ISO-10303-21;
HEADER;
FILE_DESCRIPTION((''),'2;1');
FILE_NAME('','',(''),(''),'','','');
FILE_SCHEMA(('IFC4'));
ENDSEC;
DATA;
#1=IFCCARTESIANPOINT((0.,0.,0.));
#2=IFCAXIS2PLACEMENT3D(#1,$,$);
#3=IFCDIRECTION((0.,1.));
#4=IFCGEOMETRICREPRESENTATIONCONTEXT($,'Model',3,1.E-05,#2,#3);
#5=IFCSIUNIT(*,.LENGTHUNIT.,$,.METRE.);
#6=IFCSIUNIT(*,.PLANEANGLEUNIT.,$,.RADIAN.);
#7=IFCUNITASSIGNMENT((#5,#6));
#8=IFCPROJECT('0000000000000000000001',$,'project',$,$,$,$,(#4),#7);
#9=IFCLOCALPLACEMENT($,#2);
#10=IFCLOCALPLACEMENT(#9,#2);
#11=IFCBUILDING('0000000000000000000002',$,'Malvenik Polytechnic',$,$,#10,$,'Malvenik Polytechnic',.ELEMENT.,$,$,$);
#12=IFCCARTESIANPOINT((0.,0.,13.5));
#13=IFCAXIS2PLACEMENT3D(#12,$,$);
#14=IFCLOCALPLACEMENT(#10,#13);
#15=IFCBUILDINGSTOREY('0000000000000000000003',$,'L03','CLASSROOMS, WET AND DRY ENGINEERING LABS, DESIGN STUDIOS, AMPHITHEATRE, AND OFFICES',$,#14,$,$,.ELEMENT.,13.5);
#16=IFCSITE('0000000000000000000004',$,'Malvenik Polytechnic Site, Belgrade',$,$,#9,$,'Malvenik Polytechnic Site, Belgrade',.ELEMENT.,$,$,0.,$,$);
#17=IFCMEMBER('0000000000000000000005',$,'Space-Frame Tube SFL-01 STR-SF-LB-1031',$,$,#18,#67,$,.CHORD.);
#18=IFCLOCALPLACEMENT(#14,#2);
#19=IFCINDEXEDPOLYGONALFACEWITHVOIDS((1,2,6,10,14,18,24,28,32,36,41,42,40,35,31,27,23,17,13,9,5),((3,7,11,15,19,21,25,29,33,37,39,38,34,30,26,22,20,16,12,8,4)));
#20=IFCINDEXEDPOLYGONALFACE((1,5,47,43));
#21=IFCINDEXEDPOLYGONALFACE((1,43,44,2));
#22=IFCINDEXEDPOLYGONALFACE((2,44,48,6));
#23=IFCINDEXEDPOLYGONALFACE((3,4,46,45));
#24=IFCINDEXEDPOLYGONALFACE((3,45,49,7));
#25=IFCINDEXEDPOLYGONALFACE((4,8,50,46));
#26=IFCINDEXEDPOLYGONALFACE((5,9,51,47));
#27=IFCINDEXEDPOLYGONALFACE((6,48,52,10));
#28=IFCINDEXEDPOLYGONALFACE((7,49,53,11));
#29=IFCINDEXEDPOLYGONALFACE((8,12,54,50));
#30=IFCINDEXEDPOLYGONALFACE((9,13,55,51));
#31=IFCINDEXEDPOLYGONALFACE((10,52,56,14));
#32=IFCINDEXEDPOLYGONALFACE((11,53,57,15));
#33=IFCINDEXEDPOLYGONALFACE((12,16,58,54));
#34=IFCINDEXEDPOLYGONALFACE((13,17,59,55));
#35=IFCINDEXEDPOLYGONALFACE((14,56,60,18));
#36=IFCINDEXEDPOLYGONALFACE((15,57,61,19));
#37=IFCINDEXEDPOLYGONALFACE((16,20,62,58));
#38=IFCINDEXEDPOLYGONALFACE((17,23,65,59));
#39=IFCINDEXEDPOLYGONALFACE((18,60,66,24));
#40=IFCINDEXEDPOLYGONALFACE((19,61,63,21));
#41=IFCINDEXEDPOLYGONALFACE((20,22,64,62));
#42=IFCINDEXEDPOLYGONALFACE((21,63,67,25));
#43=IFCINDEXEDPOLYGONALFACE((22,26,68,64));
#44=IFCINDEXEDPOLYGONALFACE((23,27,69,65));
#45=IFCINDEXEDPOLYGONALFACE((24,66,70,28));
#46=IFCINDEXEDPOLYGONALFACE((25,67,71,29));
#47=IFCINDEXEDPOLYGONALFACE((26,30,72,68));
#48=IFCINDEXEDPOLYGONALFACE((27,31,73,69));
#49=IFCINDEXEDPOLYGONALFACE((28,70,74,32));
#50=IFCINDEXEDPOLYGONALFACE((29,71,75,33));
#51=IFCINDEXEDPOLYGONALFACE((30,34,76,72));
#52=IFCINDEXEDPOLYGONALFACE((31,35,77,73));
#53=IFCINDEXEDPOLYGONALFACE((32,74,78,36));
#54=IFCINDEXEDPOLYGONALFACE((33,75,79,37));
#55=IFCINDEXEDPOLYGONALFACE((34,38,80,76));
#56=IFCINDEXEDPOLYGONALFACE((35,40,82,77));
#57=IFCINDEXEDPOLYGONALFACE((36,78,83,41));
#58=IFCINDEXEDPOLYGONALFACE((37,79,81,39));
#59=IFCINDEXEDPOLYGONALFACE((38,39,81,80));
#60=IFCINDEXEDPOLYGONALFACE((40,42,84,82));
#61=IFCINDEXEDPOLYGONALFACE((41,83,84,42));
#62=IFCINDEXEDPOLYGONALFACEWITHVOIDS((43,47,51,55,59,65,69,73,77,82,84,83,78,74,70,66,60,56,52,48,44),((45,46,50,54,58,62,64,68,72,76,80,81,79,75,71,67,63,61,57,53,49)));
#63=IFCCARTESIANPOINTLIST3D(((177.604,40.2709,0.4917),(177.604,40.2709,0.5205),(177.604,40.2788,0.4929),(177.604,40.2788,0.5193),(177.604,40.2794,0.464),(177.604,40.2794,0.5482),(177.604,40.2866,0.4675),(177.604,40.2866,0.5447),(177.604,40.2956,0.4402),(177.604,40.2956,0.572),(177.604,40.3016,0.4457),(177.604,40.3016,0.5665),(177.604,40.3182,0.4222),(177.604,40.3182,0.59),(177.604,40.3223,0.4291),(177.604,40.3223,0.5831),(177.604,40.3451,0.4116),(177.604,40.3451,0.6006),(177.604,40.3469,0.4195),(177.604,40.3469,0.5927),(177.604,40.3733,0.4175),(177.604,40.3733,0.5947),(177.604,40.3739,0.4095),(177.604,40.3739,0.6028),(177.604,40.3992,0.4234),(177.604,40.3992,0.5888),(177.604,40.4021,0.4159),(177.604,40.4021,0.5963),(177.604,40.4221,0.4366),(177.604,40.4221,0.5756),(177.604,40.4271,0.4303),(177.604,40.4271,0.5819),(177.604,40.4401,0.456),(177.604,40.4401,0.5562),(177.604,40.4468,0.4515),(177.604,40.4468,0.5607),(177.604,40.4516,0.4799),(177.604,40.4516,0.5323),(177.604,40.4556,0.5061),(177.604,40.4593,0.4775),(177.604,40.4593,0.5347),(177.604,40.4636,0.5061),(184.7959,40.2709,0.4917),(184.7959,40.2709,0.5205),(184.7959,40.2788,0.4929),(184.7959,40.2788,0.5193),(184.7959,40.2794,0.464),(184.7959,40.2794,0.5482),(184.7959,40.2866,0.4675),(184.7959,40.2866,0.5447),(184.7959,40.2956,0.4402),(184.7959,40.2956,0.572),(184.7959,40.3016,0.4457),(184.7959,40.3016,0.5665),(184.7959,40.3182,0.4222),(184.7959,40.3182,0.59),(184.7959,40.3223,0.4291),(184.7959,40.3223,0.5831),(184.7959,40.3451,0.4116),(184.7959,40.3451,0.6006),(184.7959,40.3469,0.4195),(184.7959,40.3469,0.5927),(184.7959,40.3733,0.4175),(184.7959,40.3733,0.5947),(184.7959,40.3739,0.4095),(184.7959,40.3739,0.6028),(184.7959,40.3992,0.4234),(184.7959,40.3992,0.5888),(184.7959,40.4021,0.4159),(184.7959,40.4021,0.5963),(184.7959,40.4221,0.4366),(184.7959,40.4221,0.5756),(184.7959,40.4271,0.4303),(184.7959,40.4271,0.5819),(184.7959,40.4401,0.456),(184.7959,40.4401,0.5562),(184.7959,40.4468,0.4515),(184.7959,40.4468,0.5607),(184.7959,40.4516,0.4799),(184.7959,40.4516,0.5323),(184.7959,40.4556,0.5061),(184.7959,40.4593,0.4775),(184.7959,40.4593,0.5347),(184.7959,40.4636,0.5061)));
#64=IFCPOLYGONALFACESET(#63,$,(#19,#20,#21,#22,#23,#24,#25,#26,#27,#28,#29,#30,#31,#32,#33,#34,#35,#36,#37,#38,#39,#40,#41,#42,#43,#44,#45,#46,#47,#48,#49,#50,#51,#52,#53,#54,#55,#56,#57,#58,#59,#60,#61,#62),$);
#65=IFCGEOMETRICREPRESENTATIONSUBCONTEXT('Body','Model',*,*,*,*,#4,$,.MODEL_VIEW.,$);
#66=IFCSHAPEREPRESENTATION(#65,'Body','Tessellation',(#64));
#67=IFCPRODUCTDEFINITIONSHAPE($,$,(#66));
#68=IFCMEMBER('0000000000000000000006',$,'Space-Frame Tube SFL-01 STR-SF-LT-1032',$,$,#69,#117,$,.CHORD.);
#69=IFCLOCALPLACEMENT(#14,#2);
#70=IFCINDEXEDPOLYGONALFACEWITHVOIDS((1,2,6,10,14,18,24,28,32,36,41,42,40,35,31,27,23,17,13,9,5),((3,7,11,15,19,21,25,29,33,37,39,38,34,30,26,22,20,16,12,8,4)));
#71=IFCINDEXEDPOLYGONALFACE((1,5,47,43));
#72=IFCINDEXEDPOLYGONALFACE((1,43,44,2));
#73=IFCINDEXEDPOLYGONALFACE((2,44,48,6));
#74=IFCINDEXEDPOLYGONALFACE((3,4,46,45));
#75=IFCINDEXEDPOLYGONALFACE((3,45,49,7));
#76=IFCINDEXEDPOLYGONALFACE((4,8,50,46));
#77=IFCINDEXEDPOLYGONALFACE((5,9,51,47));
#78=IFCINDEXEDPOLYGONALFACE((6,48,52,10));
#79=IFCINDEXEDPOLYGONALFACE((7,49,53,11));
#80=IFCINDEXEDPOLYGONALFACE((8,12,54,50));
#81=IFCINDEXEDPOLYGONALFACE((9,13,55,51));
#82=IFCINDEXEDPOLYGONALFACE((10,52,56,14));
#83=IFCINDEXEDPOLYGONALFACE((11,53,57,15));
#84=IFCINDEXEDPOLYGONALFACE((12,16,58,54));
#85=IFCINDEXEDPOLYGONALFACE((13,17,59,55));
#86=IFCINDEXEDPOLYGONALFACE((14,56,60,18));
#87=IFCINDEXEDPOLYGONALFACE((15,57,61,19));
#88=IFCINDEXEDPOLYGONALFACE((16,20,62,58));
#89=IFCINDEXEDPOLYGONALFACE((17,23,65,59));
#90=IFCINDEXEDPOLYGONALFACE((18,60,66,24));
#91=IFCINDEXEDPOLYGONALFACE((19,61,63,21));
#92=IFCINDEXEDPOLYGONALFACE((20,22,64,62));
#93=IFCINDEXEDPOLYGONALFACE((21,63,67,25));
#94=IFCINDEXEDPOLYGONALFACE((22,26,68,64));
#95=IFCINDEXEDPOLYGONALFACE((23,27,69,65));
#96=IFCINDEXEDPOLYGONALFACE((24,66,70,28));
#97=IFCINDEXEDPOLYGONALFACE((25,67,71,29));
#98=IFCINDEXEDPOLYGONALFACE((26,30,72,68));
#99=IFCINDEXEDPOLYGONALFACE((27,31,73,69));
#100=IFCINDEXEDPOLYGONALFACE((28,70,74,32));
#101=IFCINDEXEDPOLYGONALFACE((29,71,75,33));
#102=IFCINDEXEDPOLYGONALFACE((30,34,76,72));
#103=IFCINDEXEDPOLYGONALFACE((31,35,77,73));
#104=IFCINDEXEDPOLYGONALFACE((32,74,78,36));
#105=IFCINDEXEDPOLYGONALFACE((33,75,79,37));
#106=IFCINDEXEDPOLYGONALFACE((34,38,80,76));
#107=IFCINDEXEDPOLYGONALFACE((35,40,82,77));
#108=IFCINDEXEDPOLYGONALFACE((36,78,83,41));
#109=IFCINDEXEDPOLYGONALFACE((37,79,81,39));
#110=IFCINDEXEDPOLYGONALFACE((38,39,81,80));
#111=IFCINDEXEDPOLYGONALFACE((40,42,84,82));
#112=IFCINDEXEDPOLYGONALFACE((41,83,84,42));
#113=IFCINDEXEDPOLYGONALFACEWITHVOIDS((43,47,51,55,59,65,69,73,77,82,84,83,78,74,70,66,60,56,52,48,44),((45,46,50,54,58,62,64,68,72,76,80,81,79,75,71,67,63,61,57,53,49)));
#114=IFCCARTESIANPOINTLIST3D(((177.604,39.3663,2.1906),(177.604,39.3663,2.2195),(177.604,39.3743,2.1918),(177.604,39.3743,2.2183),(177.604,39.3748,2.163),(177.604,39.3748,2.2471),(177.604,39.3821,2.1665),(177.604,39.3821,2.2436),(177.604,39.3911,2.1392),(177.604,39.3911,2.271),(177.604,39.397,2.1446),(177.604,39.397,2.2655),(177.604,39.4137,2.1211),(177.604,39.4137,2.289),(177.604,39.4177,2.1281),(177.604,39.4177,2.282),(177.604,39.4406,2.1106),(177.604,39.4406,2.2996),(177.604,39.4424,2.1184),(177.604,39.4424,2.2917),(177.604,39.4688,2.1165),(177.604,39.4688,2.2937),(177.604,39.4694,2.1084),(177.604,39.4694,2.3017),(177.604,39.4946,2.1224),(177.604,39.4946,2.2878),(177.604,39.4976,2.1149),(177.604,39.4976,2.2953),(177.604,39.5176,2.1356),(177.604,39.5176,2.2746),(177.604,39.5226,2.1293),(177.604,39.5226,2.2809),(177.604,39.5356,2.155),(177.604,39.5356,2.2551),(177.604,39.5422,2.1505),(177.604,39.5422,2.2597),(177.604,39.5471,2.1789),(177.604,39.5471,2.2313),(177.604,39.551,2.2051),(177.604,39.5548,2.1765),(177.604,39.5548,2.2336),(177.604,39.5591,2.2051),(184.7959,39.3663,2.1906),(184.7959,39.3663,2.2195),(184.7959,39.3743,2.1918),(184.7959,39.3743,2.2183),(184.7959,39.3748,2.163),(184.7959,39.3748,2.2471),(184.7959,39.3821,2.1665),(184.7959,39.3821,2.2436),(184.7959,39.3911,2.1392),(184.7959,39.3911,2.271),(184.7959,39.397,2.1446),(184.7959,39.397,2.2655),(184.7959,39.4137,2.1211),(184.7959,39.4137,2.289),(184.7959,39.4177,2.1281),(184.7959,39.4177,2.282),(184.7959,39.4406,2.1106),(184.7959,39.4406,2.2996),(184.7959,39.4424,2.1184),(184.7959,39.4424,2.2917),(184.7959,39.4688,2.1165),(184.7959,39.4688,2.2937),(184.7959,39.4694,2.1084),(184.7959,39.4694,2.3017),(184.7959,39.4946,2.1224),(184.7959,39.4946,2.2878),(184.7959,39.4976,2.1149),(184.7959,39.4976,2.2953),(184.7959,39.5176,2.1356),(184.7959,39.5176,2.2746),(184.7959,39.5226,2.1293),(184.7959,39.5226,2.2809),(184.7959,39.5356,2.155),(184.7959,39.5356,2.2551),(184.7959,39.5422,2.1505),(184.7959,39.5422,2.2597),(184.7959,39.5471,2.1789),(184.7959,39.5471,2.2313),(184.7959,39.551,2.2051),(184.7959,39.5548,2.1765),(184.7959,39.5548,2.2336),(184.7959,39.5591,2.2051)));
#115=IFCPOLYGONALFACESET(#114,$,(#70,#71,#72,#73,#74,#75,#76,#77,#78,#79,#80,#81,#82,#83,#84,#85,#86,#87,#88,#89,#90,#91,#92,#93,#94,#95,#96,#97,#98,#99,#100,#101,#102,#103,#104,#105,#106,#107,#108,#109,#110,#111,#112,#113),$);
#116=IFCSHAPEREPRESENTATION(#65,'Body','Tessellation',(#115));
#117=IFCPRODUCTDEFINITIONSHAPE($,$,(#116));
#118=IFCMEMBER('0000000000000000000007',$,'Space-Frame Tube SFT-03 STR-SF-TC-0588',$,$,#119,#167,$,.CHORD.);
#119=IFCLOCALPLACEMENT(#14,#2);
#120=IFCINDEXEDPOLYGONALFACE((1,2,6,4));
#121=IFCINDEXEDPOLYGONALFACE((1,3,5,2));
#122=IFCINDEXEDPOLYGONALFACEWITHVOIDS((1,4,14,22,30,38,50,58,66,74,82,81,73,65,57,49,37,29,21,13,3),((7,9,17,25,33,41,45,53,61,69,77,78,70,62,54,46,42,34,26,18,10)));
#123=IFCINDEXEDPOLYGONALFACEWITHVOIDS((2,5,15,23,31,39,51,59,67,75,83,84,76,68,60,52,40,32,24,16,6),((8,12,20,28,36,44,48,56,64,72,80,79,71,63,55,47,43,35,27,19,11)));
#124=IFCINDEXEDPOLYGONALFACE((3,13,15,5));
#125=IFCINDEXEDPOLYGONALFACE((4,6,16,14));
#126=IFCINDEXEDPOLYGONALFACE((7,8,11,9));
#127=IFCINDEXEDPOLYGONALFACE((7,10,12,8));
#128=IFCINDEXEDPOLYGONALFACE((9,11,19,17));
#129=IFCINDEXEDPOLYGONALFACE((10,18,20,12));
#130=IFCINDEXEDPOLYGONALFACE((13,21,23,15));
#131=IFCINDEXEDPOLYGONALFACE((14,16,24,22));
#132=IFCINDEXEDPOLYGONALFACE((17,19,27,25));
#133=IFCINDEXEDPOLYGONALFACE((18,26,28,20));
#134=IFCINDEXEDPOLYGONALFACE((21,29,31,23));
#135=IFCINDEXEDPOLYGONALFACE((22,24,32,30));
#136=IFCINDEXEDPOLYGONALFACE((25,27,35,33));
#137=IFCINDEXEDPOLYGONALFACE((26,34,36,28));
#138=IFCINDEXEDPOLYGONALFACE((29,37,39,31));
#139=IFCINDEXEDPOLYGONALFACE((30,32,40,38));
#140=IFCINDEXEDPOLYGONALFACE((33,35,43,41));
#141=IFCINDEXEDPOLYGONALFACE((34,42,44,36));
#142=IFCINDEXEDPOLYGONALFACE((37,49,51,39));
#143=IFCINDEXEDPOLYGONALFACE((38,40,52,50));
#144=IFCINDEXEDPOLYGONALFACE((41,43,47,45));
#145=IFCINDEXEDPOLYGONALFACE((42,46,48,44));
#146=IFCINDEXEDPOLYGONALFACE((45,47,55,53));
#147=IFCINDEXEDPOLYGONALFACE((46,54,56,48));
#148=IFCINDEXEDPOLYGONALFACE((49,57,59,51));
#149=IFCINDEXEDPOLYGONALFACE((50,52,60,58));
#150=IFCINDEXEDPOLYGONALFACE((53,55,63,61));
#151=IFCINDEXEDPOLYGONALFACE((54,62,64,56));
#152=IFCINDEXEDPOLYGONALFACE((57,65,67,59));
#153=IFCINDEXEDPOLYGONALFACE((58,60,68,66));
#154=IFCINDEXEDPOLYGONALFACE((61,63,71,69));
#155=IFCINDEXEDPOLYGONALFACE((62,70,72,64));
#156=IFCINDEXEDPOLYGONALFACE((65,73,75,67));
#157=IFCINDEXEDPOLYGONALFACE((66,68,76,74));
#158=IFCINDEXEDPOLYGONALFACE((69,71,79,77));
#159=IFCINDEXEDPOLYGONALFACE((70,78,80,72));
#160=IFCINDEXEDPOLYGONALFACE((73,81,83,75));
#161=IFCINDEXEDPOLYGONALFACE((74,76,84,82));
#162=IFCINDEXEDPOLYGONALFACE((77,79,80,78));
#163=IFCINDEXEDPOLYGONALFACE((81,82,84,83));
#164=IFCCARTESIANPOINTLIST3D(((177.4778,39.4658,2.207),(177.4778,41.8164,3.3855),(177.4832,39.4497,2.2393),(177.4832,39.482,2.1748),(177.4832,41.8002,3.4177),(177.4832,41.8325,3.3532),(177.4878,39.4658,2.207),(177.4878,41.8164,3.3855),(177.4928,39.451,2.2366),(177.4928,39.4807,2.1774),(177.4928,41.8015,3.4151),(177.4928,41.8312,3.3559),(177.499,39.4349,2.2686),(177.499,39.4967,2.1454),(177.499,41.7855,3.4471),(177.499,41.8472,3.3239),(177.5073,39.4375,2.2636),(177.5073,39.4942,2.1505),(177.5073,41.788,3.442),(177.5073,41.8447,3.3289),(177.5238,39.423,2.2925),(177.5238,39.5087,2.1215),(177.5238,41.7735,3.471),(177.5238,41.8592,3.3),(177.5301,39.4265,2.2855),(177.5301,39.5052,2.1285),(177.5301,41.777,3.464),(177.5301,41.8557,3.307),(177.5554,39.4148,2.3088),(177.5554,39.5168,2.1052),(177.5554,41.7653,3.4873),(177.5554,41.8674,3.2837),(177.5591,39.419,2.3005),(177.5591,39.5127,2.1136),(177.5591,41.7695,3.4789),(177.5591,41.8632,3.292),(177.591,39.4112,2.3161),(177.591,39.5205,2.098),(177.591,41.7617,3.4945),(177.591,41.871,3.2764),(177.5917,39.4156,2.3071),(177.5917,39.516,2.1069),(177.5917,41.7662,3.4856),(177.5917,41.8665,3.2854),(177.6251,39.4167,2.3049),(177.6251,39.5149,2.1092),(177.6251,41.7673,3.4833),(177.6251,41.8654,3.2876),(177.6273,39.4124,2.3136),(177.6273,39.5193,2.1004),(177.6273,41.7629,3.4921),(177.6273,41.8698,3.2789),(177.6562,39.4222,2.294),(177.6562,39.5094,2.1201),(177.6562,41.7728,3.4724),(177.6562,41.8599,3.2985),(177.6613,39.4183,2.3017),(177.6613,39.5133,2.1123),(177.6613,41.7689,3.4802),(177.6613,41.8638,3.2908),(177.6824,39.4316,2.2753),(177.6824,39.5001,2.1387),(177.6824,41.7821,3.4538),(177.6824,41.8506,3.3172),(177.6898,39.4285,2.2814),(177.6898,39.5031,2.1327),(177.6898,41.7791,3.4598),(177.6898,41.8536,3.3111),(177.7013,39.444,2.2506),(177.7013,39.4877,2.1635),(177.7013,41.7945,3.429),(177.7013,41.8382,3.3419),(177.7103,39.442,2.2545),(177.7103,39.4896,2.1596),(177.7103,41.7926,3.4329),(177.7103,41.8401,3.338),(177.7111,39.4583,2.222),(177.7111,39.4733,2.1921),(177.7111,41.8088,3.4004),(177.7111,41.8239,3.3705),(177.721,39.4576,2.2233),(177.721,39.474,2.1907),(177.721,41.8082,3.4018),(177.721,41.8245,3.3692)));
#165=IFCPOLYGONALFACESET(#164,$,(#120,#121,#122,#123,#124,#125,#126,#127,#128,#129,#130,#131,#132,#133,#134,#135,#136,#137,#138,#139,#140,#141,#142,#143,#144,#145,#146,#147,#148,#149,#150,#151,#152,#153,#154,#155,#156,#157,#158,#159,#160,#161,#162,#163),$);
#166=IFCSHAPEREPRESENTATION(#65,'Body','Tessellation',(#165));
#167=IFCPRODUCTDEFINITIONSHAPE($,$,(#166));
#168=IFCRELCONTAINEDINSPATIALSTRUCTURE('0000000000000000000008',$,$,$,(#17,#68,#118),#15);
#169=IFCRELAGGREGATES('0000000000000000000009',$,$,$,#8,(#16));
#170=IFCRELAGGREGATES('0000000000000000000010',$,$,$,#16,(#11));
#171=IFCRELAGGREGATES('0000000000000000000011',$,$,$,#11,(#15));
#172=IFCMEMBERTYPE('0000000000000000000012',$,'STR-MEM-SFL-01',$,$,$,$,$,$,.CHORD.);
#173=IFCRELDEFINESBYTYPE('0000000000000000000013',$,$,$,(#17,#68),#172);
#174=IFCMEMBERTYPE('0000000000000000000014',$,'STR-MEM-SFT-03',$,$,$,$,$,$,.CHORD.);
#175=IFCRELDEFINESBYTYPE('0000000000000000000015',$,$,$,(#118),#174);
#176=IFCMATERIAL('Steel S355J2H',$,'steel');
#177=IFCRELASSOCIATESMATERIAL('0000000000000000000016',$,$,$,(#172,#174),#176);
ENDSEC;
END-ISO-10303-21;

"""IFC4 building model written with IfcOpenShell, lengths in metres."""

from ifc_helpers import new_model, si_unit, direction, frame, origin, origin_2d, place, context, subcontext, project, spatial, hollow_circle, extrude, material, material_profile, profile_set, type_object, element, save


model = new_model("IFC4")

# Units and contexts
model_context = context("Model", 3, precision=1e-05, world=origin(), true_north=direction((0.0, 1.0)))
body_context = subcontext(model_context, "Body", "Model", "MODEL_VIEW")
ifc_project = project(units=[si_unit("LENGTHUNIT", "METRE"), si_unit("PLANEANGLEUNIT", "RADIAN")], contexts=[model_context])

# Site, building, storey
site_placement = place(None, origin())
site = spatial("IfcSite", under=ifc_project, at=site_placement, Name="Malvenik Polytechnic Site, Belgrade", LongName="Malvenik Polytechnic Site, Belgrade", CompositionType="ELEMENT", RefElevation=0.0)
building_placement = place(site_placement, origin())
building = spatial("IfcBuilding", under=site, at=building_placement, Name="Malvenik Polytechnic", LongName="Malvenik Polytechnic", CompositionType="ELEMENT")
storey_placement = place(building_placement, frame((0.0, 0.0, 13.5)))
storey = spatial("IfcBuildingStorey", under=building, at=storey_placement, Name="L03", Description="CLASSROOMS, WET AND DRY ENGINEERING LABS, DESIGN STUDIOS, AMPHITHEATRE, AND OFFICES", CompositionType="ELEMENT", Elevation=13.5)

# Members
ifc_material = material(Name="Steel S355J2H", Category="steel")
ifc_material_profile_1 = material_profile(ifc_material, hollow_circle(Radius=0.0969, WallThickness=0.0081, at=origin_2d()), Name="CHS 193.7x8.0")
ifc_profile_set_1 = profile_set([ifc_material_profile_1], Name="Steel S355J2H")
member_type_1 = type_object("IfcMemberType", Name="STR-MEM-SFL-01", PredefinedType="CHORD", material=ifc_profile_set_1)
for number, where, z_axis, x_axis, name in (
    (1, (177.604, 40.3667, 0.5061), (1.0, 0.0, 0.0), (0.0, 1.0, 0.0), "Space-Frame Tube SFL-01 STR-SF-LB-1031"),
    (2, (177.604, 39.4622, 2.2051), (1.0, 0.0, 0.0), (0.0, 1.0, 0.0), "Space-Frame Tube SFL-01 STR-SF-LT-1032"),
):
    element("IfcMember", number, at=place(storey_placement, frame(where, z_axis=z_axis, x_axis=x_axis)), inside=storey, type_object=member_type_1, Name=name, PredefinedType="CHORD", context=body_context, shape_type="SweptSolid", body=[
        extrude(hollow_circle(Radius=0.0969, WallThickness=0.0081, at=origin_2d()), origin(), (0.0, 0.0, 1.0), 7.1919),
    ])
ifc_material_profile_2 = material_profile(ifc_material, hollow_circle(Radius=0.1223, WallThickness=0.01, at=origin_2d()), Name="CHS 244.5x10.0")
ifc_profile_set_2 = profile_set([ifc_material_profile_2], Name="Steel S355J2H")
member_type_2 = type_object("IfcMemberType", Name="STR-MEM-SFT-03", PredefinedType="CHORD", material=ifc_profile_set_2)
member_1_placement = place(storey_placement, frame((177.6001, 39.4658, 2.207), z_axis=(0.0, 0.893944, 0.448179), x_axis=(-1.0, 0.0, 0.0)))
element("IfcMember", 3, at=member_1_placement, inside=storey, type_object=member_type_2, Name="Space-Frame Tube SFT-03 STR-SF-TC-0588", PredefinedType="CHORD", context=body_context, shape_type="SweptSolid", body=[
    extrude(hollow_circle(Radius=0.1223, WallThickness=0.01, at=origin_2d()), origin(), (0.0, 0.0, 1.0), 2.6294),
])

save(model, "model.ifc")
